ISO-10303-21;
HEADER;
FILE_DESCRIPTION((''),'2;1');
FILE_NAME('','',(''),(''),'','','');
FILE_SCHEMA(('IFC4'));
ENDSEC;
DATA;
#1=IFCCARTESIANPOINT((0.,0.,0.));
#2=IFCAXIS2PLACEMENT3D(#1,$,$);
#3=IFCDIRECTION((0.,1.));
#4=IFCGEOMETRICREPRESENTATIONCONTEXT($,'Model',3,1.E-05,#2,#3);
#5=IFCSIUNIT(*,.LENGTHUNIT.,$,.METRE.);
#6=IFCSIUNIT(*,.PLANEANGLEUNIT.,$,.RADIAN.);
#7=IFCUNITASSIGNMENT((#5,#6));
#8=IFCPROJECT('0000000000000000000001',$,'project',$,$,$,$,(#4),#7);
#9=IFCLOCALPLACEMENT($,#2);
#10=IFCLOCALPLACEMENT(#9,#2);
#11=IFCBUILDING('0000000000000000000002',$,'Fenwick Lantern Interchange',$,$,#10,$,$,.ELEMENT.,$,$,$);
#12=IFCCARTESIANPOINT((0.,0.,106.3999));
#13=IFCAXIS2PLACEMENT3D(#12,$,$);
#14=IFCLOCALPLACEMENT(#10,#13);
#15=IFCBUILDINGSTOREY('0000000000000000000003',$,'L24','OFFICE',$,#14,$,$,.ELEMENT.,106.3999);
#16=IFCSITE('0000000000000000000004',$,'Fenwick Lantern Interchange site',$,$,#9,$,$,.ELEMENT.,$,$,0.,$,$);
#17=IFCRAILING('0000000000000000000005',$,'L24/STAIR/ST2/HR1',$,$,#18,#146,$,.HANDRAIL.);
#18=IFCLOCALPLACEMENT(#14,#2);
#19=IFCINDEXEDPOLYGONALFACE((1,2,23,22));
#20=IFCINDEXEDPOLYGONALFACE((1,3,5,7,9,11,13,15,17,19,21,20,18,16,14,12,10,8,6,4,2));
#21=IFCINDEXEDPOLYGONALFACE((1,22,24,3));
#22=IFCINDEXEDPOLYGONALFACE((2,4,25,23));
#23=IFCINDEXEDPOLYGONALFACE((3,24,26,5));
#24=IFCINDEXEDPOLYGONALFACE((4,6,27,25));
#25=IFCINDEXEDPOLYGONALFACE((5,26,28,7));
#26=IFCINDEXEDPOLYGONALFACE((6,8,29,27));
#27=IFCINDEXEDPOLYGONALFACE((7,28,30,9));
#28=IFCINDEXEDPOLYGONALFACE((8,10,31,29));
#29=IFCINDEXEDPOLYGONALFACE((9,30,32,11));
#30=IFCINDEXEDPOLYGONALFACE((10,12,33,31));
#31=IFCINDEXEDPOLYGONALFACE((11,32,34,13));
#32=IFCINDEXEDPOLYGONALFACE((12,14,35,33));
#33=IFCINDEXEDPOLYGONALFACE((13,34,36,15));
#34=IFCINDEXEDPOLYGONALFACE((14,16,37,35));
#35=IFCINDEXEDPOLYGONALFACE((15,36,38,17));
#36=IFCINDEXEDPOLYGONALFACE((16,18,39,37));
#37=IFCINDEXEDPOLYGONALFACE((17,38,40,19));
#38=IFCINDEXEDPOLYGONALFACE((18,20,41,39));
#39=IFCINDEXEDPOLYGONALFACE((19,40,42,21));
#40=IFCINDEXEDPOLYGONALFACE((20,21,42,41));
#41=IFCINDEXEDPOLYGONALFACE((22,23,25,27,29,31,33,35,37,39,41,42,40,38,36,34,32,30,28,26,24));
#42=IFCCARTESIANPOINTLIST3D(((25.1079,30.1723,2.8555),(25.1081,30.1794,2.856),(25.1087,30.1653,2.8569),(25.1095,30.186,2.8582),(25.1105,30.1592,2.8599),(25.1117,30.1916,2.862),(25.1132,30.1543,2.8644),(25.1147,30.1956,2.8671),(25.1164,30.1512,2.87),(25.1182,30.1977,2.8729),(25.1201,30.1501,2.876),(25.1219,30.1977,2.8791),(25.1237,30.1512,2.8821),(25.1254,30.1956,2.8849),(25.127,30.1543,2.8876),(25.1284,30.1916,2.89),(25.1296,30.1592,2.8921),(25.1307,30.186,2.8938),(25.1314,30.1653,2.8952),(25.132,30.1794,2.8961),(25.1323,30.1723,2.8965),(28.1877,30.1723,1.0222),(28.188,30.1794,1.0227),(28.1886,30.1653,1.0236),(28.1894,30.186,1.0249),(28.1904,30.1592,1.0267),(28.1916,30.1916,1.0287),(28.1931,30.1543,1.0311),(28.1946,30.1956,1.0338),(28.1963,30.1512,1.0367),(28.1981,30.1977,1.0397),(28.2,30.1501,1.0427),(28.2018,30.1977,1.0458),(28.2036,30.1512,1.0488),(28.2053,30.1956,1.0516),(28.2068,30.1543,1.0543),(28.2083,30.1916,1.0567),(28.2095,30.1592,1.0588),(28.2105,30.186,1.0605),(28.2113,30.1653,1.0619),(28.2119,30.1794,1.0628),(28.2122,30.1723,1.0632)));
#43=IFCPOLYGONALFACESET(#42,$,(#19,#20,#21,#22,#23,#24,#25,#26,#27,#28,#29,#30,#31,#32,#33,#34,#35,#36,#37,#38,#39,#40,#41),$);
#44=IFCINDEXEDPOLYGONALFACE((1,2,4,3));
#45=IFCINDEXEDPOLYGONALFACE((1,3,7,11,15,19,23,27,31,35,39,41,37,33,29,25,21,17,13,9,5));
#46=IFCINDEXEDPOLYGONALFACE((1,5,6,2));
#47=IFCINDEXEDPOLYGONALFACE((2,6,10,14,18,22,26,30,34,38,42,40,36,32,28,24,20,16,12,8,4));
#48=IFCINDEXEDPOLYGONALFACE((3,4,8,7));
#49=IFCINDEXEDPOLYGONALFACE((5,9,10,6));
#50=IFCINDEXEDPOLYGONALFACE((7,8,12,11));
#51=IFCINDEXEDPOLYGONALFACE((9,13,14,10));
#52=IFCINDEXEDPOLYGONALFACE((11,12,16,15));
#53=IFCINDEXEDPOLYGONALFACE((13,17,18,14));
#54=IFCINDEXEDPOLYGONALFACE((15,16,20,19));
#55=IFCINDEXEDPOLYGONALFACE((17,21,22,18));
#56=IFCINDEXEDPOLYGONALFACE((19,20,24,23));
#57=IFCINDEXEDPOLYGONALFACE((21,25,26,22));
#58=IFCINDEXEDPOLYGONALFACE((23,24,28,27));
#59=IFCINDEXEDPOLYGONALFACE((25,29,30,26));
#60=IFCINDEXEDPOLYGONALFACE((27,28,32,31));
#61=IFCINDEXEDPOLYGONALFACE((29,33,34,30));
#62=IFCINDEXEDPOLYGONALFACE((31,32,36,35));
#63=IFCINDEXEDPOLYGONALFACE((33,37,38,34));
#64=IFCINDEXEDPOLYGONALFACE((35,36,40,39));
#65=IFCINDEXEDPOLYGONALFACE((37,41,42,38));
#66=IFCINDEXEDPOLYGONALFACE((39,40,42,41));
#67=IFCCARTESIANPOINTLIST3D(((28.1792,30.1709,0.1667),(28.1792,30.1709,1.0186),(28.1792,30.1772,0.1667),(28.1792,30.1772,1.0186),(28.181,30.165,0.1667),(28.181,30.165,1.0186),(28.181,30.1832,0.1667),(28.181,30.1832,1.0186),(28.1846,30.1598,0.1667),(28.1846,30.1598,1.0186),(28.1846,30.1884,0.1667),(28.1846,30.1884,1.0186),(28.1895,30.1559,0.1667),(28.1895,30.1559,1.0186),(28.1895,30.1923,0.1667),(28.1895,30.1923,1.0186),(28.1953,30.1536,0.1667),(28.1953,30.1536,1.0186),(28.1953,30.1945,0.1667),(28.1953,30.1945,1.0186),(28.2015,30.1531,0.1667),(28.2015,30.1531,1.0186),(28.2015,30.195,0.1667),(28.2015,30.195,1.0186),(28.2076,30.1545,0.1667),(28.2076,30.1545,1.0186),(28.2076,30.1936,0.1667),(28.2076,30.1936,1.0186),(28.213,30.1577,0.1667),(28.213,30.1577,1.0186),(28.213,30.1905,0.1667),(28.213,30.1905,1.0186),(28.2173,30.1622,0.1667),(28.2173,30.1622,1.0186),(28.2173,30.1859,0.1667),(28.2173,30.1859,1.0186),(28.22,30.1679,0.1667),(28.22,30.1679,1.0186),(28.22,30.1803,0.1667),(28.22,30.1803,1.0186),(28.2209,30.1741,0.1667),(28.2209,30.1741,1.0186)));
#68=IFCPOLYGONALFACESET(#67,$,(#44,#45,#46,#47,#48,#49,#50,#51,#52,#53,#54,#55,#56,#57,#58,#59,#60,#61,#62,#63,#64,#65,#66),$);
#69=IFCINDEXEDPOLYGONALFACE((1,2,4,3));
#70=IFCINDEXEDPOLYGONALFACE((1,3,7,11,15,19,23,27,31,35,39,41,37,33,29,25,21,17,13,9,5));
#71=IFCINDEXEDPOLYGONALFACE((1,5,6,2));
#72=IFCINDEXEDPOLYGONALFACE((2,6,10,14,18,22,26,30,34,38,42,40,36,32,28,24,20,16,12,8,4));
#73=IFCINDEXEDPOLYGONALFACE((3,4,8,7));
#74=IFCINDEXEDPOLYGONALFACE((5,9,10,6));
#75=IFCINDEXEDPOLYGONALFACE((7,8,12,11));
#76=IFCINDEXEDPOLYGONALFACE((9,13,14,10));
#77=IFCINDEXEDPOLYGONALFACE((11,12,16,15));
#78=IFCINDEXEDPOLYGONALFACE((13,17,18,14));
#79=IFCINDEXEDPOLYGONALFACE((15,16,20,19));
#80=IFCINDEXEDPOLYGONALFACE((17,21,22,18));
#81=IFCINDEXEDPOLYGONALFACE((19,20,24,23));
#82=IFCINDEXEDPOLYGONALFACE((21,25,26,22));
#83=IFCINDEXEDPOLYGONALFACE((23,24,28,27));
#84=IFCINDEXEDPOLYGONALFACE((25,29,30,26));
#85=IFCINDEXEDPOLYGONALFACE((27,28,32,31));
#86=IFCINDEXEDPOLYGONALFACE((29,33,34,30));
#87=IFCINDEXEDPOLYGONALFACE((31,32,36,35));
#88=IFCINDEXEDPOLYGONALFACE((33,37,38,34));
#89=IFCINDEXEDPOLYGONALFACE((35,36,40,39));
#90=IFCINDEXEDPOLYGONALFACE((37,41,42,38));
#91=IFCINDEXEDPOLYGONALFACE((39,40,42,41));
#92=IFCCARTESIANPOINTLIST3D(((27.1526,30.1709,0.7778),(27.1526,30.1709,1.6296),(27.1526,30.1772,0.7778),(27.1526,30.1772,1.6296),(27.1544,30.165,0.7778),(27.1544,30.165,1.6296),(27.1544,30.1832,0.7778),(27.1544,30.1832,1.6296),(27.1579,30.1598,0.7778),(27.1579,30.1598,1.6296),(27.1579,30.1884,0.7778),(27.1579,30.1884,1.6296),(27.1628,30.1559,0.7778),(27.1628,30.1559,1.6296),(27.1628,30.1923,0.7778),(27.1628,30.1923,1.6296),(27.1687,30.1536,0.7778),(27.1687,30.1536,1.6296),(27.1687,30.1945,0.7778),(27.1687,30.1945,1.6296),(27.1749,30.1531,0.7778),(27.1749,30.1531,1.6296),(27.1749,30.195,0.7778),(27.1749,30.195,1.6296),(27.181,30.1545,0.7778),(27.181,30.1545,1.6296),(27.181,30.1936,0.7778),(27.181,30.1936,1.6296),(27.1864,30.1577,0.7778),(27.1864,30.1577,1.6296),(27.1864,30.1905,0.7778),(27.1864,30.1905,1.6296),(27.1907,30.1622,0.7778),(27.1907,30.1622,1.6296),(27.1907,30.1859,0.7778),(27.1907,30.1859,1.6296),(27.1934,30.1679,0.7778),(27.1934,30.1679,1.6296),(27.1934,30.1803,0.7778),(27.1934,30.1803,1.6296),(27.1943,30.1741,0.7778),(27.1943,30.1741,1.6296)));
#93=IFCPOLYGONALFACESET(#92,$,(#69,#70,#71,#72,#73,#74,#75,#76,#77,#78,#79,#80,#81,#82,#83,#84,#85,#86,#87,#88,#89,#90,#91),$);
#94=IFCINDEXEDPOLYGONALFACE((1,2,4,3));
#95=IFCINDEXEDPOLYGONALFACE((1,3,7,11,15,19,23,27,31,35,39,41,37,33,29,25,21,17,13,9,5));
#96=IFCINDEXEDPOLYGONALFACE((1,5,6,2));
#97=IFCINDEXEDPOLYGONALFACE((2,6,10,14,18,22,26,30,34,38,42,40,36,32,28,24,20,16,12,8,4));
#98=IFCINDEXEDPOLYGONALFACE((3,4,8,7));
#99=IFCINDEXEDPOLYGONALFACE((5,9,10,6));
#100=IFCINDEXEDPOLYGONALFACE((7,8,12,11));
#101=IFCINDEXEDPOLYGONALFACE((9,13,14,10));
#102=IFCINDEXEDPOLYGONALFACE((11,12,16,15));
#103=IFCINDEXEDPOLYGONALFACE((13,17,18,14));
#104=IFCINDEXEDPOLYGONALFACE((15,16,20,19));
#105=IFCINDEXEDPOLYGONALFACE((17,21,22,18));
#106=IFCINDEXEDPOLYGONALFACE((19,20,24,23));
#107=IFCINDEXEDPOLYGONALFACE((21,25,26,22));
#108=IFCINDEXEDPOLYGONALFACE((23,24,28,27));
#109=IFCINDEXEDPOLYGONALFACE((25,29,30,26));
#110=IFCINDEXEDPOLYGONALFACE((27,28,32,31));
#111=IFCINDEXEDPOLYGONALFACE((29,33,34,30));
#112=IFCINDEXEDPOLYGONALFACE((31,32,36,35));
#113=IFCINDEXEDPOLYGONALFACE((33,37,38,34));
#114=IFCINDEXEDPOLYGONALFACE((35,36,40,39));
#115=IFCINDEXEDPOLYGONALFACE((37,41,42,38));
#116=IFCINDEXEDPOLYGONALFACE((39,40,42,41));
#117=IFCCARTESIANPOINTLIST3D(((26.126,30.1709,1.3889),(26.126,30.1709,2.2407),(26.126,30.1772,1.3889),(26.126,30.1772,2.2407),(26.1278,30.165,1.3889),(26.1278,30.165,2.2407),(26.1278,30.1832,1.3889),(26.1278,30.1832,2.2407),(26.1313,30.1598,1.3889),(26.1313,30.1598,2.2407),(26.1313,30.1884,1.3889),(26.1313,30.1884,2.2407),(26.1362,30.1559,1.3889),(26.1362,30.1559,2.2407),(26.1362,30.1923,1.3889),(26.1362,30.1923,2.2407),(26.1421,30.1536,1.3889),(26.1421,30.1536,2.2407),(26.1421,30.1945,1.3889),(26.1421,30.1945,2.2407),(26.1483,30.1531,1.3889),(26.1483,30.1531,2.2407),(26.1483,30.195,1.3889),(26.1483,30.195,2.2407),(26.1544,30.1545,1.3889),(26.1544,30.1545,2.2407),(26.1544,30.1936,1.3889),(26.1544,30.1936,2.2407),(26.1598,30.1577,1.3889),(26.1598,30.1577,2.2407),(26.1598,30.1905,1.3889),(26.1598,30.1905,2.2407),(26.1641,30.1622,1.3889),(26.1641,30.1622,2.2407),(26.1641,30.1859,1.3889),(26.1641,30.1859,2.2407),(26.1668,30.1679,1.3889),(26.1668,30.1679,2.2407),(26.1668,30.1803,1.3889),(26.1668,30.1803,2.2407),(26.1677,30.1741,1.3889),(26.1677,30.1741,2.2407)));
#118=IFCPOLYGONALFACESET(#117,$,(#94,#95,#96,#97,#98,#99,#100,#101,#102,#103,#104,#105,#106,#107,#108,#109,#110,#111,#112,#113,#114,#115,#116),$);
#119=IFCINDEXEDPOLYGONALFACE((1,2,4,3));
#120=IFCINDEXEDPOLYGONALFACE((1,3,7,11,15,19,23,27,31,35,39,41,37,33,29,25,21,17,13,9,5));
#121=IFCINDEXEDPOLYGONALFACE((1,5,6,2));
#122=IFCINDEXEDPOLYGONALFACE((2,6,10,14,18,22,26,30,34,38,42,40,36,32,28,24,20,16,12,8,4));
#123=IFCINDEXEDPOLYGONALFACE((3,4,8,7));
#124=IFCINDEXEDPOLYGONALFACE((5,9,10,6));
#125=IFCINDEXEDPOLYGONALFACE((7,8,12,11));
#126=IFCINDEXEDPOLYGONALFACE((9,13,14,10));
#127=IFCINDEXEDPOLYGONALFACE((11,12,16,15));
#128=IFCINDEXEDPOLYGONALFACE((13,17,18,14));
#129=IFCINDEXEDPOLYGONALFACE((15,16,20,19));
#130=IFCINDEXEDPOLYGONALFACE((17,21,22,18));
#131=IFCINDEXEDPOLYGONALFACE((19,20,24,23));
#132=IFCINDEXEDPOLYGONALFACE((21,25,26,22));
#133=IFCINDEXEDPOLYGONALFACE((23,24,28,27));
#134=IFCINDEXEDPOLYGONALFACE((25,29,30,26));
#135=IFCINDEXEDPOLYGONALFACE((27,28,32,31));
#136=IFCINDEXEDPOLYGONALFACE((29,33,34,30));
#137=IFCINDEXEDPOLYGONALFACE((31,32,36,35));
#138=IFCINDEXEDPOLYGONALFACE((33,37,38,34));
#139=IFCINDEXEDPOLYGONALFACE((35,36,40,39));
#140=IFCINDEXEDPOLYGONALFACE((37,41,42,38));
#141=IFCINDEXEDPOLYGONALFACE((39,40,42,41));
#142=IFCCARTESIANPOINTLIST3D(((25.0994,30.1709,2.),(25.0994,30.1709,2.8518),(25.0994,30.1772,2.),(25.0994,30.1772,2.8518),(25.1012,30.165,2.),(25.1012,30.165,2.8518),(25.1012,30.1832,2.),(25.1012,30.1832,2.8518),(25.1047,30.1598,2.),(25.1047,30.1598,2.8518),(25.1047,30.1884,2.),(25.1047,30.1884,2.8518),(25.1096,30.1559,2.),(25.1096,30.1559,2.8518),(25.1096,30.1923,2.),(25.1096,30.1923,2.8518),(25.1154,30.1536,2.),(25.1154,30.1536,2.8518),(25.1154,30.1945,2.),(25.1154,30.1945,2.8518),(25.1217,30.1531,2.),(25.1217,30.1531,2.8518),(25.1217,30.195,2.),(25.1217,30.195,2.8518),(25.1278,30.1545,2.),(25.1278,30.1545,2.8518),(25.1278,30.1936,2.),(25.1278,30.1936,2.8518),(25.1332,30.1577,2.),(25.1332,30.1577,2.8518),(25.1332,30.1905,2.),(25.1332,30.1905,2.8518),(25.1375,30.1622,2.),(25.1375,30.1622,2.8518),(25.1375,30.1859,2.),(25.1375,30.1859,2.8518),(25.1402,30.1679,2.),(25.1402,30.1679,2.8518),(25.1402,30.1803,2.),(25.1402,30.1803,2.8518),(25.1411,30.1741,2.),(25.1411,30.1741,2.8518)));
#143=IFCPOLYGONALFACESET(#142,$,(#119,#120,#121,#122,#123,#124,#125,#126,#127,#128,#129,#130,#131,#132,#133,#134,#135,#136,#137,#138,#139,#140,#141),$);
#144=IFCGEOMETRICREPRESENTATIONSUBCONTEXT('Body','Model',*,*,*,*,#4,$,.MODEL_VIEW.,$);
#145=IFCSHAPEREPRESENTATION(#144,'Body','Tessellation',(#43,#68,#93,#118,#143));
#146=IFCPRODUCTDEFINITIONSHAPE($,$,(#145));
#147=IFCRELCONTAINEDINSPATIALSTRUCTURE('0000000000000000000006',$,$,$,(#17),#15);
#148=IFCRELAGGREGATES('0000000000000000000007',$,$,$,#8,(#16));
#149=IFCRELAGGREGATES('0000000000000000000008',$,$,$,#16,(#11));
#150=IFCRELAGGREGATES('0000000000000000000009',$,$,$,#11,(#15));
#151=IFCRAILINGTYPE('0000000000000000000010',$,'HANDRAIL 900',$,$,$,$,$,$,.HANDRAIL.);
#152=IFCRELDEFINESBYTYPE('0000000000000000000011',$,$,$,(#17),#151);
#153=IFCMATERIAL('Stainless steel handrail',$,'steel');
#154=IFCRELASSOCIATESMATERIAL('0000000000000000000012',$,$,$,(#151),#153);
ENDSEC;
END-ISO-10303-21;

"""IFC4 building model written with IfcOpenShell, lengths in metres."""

from ifc_helpers import new_model, si_unit, direction, frame, origin, origin_2d, place, context, subcontext, project, spatial, circle, extrude, material, type_object, element, save


model = new_model("IFC4")

# Units and contexts
model_context = context("Model", 3, precision=1e-05, world=origin(), true_north=direction((0.0, 1.0)))
body_context = subcontext(model_context, "Body", "Model", "MODEL_VIEW")
ifc_project = project(units=[si_unit("LENGTHUNIT", "METRE"), si_unit("PLANEANGLEUNIT", "RADIAN")], contexts=[model_context])

# Site, building, storey
site_placement = place(None, origin())
site = spatial("IfcSite", under=ifc_project, at=site_placement, Name="Fenwick Lantern Interchange site", CompositionType="ELEMENT", RefElevation=0.0)
building_placement = place(site_placement, origin())
building = spatial("IfcBuilding", under=site, at=building_placement, Name="Fenwick Lantern Interchange", CompositionType="ELEMENT")
storey_placement = place(building_placement, frame((0.0, 0.0, 106.3999)))
storey = spatial("IfcBuildingStorey", under=building, at=storey_placement, Name="L24", Description="OFFICE", CompositionType="ELEMENT", Elevation=106.3999)

# Railing
ifc_material_1 = material(Name="Stainless steel handrail", Category="steel")
railing_type = type_object("IfcRailingType", Name="HANDRAIL 900", PredefinedType="HANDRAIL", material=ifc_material_1)
railing_1_placement = place(storey_placement, frame((28.2, 30.1741, 0.1667)))
element("IfcRailing", 1, at=railing_1_placement, inside=storey, type_object=railing_type, Name="L24/STAIR/ST2/HR1", PredefinedType="HANDRAIL", context=body_context, shape_type="SweptSolid", body=[
    extrude(circle(Radius=0.0239, at=origin_2d()), frame((0.0, 0.0, 0.876), z_axis=(-0.859291, 0.0, 0.511487), x_axis=(0.0, -1.0, 0.0)), (0.0, 0.0, 1.0), 3.5842),
    extrude(circle(Radius=0.021, at=origin_2d()), origin(), (0.0, 0.0, 1.0), 0.8518),
    extrude(circle(Radius=0.021, at=origin_2d()), frame((-1.0266, 0.0, 0.6111)), (0.0, 0.0, 1.0), 0.8518),
    extrude(circle(Radius=0.021, at=origin_2d()), frame((-2.0532, 0.0, 1.2222)), (0.0, 0.0, 1.0), 0.8518),
    extrude(circle(Radius=0.021, at=origin_2d()), frame((-3.0798, 0.0, 1.8333)), (0.0, 0.0, 1.0), 0.8518),
])

save(model, "model.ifc")
